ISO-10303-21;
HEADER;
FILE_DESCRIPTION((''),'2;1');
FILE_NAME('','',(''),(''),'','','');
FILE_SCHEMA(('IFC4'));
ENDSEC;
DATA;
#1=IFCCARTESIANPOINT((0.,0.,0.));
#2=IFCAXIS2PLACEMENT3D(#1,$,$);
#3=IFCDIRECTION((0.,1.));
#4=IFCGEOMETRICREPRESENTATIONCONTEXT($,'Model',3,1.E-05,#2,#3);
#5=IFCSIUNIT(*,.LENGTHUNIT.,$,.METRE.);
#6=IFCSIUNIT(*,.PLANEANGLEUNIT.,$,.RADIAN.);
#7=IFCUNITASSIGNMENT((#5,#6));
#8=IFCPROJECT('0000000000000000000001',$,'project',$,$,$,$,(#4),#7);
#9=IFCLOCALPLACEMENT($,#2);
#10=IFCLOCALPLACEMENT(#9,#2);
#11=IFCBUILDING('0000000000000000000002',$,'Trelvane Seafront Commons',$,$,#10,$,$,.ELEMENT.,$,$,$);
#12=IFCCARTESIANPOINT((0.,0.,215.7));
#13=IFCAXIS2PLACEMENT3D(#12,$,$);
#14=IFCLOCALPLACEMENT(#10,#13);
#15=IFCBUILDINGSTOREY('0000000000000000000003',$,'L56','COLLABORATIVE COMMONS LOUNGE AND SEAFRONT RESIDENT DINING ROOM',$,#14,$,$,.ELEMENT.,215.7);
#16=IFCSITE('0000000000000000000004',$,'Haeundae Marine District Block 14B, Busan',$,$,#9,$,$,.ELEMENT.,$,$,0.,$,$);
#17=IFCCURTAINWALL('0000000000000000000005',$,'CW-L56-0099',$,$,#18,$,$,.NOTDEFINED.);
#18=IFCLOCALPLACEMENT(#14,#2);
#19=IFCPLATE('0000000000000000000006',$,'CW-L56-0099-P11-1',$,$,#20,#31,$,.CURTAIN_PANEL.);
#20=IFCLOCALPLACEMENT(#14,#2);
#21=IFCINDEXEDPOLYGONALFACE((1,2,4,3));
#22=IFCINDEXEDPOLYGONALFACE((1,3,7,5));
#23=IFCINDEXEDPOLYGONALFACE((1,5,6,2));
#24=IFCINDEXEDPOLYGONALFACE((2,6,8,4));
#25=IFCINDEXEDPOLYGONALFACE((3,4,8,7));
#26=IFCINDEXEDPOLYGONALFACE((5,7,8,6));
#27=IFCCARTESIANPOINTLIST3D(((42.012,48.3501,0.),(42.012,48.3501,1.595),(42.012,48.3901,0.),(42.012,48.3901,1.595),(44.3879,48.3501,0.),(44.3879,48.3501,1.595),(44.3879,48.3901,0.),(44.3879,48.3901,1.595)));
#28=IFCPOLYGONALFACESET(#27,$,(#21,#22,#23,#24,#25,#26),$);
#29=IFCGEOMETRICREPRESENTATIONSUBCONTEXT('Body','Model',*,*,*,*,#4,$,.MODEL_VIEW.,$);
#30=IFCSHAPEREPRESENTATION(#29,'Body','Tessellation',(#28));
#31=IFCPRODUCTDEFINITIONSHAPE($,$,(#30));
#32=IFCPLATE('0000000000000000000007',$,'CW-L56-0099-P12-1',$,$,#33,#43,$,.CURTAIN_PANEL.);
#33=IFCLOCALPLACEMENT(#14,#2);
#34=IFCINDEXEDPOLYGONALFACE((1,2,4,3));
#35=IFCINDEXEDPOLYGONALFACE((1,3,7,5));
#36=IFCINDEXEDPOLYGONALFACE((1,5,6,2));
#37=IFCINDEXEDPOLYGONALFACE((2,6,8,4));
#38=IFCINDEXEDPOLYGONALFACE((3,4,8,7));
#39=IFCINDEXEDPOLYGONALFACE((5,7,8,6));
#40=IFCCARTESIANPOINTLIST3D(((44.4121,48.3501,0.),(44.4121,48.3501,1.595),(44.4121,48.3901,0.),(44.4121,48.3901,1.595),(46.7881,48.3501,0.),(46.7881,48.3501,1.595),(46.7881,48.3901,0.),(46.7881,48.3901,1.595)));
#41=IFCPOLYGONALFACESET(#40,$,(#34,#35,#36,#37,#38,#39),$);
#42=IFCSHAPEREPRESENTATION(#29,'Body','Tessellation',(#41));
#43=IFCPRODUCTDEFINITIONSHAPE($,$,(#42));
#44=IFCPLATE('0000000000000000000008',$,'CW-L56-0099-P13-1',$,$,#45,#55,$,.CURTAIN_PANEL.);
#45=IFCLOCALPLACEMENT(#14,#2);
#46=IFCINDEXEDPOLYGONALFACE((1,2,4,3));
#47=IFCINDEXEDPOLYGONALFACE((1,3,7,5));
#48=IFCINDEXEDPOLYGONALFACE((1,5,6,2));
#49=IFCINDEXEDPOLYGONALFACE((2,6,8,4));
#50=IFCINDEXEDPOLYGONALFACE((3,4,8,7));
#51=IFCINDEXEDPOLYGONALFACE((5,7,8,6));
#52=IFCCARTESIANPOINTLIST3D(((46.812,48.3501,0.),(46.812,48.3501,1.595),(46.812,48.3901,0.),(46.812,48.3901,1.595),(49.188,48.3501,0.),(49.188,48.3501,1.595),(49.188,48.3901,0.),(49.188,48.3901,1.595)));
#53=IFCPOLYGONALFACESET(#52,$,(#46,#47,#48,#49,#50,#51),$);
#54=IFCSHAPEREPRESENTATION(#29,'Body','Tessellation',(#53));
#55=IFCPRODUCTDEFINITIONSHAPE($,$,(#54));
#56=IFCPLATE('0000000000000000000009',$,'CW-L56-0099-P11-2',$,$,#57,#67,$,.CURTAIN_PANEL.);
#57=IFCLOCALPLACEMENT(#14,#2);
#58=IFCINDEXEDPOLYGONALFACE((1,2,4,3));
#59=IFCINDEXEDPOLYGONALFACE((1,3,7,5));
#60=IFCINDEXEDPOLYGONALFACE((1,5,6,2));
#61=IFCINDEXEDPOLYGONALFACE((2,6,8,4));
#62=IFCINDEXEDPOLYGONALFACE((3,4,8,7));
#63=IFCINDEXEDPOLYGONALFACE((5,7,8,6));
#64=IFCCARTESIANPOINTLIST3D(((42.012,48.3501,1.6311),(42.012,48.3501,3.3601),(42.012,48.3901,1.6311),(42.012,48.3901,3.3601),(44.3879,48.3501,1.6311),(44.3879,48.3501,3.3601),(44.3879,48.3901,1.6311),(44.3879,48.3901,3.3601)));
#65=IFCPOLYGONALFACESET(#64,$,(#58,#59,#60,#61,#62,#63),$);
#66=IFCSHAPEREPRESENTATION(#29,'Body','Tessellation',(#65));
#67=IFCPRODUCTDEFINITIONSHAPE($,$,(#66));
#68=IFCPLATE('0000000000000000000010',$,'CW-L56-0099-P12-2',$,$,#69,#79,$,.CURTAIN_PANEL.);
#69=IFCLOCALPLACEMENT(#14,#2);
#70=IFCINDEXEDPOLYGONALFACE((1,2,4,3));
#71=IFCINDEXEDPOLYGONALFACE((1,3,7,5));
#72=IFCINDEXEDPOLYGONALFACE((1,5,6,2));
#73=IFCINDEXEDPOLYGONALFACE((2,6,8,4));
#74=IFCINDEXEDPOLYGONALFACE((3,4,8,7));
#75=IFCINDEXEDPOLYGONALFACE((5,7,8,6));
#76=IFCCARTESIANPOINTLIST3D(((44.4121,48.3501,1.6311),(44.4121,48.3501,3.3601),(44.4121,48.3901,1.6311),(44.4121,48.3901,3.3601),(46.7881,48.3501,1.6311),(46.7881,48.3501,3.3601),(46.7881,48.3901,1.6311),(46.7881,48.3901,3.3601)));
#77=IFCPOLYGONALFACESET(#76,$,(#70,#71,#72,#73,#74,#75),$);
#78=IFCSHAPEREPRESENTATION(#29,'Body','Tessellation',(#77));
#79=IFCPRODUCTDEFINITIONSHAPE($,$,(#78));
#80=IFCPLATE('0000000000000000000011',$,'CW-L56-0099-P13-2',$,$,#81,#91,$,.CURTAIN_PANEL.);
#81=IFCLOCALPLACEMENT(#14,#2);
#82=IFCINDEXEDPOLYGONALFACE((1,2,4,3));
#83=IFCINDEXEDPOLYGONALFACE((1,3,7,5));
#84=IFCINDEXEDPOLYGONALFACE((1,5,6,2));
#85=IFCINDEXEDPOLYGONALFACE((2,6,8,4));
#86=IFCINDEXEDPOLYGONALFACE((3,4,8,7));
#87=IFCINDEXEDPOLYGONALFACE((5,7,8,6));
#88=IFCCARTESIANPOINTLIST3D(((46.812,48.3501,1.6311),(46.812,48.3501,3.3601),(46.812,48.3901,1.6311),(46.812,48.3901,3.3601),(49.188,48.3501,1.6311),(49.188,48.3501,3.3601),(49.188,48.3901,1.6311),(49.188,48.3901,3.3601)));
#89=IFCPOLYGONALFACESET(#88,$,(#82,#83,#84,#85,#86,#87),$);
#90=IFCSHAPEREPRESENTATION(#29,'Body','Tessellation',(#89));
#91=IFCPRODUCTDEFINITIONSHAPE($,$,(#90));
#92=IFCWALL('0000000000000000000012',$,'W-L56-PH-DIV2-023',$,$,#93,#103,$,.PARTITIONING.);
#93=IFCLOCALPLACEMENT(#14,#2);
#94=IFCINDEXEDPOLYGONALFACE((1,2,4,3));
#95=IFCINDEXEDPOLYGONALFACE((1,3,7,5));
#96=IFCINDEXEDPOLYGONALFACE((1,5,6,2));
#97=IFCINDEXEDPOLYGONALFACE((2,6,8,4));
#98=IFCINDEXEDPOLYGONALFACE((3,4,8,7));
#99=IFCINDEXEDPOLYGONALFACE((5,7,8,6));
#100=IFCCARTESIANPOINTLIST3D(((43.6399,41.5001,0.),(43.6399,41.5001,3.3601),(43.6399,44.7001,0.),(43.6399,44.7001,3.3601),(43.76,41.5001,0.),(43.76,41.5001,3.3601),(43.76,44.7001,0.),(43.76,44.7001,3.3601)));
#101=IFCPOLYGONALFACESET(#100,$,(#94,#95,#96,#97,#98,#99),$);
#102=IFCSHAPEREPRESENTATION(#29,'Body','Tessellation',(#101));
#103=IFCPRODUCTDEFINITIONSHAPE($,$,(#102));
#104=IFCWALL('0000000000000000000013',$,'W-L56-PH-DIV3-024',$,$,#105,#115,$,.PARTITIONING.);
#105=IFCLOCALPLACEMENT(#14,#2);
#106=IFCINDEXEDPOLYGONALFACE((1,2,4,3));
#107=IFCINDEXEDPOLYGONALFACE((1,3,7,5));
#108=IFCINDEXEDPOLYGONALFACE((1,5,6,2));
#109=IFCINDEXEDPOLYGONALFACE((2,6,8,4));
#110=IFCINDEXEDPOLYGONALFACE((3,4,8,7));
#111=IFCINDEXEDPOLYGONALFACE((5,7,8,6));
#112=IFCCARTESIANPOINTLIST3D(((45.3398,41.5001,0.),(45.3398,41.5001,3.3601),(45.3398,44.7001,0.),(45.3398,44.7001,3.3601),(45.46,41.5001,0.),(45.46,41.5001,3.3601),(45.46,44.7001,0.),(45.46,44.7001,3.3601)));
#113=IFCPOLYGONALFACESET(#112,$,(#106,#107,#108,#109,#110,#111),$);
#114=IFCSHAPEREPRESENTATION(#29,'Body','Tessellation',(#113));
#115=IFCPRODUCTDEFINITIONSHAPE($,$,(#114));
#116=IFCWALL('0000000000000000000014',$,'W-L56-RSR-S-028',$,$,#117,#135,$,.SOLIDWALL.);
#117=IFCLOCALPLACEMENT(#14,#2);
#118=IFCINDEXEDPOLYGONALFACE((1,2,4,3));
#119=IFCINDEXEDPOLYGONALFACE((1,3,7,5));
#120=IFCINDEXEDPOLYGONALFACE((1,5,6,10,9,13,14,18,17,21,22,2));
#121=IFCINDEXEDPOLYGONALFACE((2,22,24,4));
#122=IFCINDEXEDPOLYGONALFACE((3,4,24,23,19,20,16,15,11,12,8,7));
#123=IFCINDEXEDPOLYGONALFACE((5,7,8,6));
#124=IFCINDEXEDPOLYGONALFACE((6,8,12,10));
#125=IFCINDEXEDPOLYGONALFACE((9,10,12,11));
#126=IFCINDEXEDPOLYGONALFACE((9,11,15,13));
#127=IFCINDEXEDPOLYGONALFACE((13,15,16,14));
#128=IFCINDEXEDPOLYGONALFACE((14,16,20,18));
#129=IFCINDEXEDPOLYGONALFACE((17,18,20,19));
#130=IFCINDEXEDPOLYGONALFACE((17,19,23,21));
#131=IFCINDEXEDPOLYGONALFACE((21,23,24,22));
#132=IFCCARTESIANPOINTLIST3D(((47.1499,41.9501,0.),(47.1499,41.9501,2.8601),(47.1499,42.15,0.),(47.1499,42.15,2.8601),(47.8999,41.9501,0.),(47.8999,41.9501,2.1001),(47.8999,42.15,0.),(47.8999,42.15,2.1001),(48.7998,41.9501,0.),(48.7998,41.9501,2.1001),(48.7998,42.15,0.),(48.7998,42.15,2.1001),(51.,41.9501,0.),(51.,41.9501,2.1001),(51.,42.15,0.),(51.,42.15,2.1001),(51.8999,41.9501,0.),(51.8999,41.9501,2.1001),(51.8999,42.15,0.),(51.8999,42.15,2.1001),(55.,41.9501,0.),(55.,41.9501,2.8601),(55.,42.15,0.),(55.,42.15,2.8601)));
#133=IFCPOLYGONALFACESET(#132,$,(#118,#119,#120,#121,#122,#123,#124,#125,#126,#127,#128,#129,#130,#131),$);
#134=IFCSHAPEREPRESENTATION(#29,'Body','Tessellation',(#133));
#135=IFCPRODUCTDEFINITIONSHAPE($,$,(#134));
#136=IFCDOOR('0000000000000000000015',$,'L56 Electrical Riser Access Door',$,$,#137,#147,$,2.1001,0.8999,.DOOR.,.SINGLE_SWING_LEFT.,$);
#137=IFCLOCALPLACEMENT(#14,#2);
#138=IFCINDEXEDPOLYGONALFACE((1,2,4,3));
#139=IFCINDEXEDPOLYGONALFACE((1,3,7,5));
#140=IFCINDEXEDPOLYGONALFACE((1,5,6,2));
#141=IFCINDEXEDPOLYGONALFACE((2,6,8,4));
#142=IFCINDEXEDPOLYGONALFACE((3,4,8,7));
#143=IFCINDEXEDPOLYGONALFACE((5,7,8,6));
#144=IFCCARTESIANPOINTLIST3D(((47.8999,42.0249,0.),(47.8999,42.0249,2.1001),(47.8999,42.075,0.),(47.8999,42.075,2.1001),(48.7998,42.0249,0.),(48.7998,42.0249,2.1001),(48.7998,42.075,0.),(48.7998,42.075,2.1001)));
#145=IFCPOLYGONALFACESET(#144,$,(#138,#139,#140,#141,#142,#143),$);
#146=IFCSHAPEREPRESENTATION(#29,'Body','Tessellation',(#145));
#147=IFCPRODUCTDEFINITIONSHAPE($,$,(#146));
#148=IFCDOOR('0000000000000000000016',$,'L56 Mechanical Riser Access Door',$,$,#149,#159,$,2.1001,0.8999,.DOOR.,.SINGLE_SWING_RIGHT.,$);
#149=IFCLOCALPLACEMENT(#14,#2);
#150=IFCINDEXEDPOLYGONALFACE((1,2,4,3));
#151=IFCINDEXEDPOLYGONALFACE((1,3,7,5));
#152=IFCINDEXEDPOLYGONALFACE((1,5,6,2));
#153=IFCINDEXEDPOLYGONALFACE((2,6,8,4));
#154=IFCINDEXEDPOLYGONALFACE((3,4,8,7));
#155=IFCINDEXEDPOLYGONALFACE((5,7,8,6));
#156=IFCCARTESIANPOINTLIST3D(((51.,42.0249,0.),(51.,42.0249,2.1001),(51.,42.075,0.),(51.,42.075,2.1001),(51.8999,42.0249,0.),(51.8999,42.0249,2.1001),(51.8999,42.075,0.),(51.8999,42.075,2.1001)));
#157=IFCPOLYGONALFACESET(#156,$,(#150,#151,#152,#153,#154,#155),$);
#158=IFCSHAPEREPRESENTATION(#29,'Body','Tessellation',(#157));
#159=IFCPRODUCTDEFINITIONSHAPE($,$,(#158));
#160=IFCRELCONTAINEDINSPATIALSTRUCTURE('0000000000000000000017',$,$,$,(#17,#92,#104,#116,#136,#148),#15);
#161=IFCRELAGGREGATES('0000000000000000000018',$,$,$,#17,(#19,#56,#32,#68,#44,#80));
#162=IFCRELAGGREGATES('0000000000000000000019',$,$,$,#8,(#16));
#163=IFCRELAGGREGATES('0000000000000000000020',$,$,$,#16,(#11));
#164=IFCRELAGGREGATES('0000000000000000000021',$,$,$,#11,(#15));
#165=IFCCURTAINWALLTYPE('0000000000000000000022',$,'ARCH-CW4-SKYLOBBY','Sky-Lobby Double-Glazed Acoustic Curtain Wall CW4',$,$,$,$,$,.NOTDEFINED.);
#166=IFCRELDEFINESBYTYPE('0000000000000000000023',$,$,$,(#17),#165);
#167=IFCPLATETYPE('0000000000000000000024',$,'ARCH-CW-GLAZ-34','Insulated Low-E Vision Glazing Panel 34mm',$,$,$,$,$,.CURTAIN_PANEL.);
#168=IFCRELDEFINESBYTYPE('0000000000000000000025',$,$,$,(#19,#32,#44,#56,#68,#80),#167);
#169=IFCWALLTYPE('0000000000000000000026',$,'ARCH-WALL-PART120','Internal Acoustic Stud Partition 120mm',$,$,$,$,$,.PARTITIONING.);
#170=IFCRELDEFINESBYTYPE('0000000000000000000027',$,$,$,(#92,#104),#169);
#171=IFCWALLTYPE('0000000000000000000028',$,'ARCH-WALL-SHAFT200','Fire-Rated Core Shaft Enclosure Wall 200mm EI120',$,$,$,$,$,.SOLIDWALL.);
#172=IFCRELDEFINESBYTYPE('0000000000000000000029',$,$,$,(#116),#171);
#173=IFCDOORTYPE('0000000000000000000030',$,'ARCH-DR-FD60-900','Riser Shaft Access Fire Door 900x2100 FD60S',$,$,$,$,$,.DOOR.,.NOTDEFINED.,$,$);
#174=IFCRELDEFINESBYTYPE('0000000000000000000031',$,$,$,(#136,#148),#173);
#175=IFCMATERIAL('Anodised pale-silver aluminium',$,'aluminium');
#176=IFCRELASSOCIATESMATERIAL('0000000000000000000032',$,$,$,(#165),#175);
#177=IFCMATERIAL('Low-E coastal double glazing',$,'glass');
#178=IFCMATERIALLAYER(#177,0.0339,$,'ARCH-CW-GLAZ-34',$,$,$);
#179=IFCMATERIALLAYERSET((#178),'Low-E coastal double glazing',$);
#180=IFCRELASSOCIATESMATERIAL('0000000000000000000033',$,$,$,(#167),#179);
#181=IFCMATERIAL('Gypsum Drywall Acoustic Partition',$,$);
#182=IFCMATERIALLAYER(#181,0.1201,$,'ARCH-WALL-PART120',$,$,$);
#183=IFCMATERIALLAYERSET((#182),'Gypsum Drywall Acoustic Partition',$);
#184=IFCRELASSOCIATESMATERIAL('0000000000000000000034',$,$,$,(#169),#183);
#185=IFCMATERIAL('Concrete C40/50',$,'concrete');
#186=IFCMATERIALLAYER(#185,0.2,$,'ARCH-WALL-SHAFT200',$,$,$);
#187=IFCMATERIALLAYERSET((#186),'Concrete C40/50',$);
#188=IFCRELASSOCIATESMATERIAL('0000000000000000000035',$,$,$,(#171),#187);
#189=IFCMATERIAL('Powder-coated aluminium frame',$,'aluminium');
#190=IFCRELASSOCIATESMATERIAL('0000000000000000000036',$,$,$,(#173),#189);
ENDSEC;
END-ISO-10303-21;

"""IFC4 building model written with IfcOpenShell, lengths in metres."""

from ifc_helpers import new_model, si_unit, direction, frame, frame_2d, origin, origin_2d, place, context, subcontext, project, spatial, rectangle, extrude, source, transform, mapped, material, layer, layer_set, type_object, element, fill, aggregate, save


model = new_model("IFC4")

# Units and contexts
model_context = context("Model", 3, precision=1e-05, world=origin(), true_north=direction((0.0, 1.0)))
body_context = subcontext(model_context, "Body", "Model", "MODEL_VIEW")
ifc_project = project(units=[si_unit("LENGTHUNIT", "METRE"), si_unit("PLANEANGLEUNIT", "RADIAN")], contexts=[model_context])

# Site, building, storey
site_placement = place(None, origin())
site = spatial("IfcSite", under=ifc_project, at=site_placement, Name="Haeundae Marine District Block 14B, Busan", CompositionType="ELEMENT", RefElevation=0.0)
building_placement = place(site_placement, origin())
building = spatial("IfcBuilding", under=site, at=building_placement, Name="Trelvane Seafront Commons", CompositionType="ELEMENT")
storey_placement = place(building_placement, frame((0.0, 0.0, 215.7)))
storey = spatial("IfcBuildingStorey", under=building, at=storey_placement, Name="L56", Description="COLLABORATIVE COMMONS LOUNGE AND SEAFRONT RESIDENT DINING ROOM", CompositionType="ELEMENT", Elevation=215.7)

# Curtain wall
ifc_material_1 = material(Name="Anodised pale-silver aluminium", Category="aluminium")
curtain_wall_type = type_object("IfcCurtainWallType", Name="ARCH-CW4-SKYLOBBY", Description="Sky-Lobby Double-Glazed Acoustic Curtain Wall CW4", PredefinedType="NOTDEFINED", material=ifc_material_1)
curtain_wall_placement = place(storey_placement, origin())
curtain_wall = element("IfcCurtainWall", 1, at=curtain_wall_placement, inside=storey, type_object=curtain_wall_type, Name="CW-L56-0099", PredefinedType="NOTDEFINED")

# Plates
ifc_material_2 = material(Name="Low-E coastal double glazing", Category="glass")
ifc_layer_1 = layer(ifc_material_2, 0.0339, Name="ARCH-CW-GLAZ-34")
ifc_layer_set_1 = layer_set([ifc_layer_1], Name="Low-E coastal double glazing")
plate_type_1 = type_object("IfcPlateType", Name="ARCH-CW-GLAZ-34", Description="Insulated Low-E Vision Glazing Panel 34mm", PredefinedType="CURTAIN_PANEL", material=ifc_layer_set_1)
shared_shape_1 = source(origin(), body_context, "Body", "SweptSolid", [
    extrude(rectangle(XDim=2.376, YDim=0.04, at=origin_2d()), origin(), (0.0, 0.0, 1.0), 1.595),
])
plate_1_placement = place(storey_placement, frame((43.2, 48.3701, 0.0), z_axis=(0.0, 0.0, 1.0), x_axis=(1.0, 0.0, 0.0)))
plate_1 = element("IfcPlate", 2, at=plate_1_placement, type_object=plate_type_1, Name="CW-L56-0099-P11-1", PredefinedType="CURTAIN_PANEL", context=body_context, shape_type="MappedRepresentation", body=[
    mapped(shared_shape_1, transform((0.0, 0.0, 0.0), x_axis=(1.0, 0.0, 0.0), y_axis=(0.0, 1.0, 0.0), z_axis=(0.0, 0.0, 1.0), scale=1.0)),
])
plate_2_placement = place(storey_placement, frame((45.6001, 48.3701, 0.0), z_axis=(0.0, 0.0, 1.0), x_axis=(1.0, 0.0, 0.0)))
plate_2 = element("IfcPlate", 3, at=plate_2_placement, type_object=plate_type_1, Name="CW-L56-0099-P12-1", PredefinedType="CURTAIN_PANEL", context=body_context, shape_type="MappedRepresentation", body=[
    mapped(shared_shape_1, transform((0.0, 0.0, 0.0), x_axis=(1.0, 0.0, 0.0), y_axis=(0.0, 1.0, 0.0), z_axis=(0.0, 0.0, 1.0), scale=1.0)),
])
plate_3_placement = place(storey_placement, frame((48.0, 48.3701, 0.0), z_axis=(0.0, 0.0, 1.0), x_axis=(1.0, 0.0, 0.0)))
plate_3 = element("IfcPlate", 4, at=plate_3_placement, type_object=plate_type_1, Name="CW-L56-0099-P13-1", PredefinedType="CURTAIN_PANEL", context=body_context, shape_type="MappedRepresentation", body=[
    mapped(shared_shape_1, transform((0.0, 0.0, 0.0), x_axis=(1.0, 0.0, 0.0), y_axis=(0.0, 1.0, 0.0), z_axis=(0.0, 0.0, 1.0), scale=1.0)),
])
shared_shape_2 = source(origin(), body_context, "Body", "SweptSolid", [
    extrude(rectangle(XDim=2.376, YDim=0.04, at=origin_2d()), origin(), (0.0, 0.0, 1.0), 1.729),
])
plate_4_placement = place(storey_placement, frame((43.2, 48.3701, 1.6311), z_axis=(0.0, 0.0, 1.0), x_axis=(1.0, 0.0, 0.0)))
plate_4 = element("IfcPlate", 5, at=plate_4_placement, type_object=plate_type_1, Name="CW-L56-0099-P11-2", PredefinedType="CURTAIN_PANEL", context=body_context, shape_type="MappedRepresentation", body=[
    mapped(shared_shape_2, transform((0.0, 0.0, 0.0), x_axis=(1.0, 0.0, 0.0), y_axis=(0.0, 1.0, 0.0), z_axis=(0.0, 0.0, 1.0), scale=1.0)),
])
plate_5_placement = place(storey_placement, frame((45.6001, 48.3701, 1.6311), z_axis=(0.0, 0.0, 1.0), x_axis=(1.0, 0.0, 0.0)))
plate_5 = element("IfcPlate", 6, at=plate_5_placement, type_object=plate_type_1, Name="CW-L56-0099-P12-2", PredefinedType="CURTAIN_PANEL", context=body_context, shape_type="MappedRepresentation", body=[
    mapped(shared_shape_2, transform((0.0, 0.0, 0.0), x_axis=(1.0, 0.0, 0.0), y_axis=(0.0, 1.0, 0.0), z_axis=(0.0, 0.0, 1.0), scale=1.0)),
])
plate_6_placement = place(storey_placement, frame((48.0, 48.3701, 1.6311), z_axis=(0.0, 0.0, 1.0), x_axis=(1.0, 0.0, 0.0)))
plate_6 = element("IfcPlate", 7, at=plate_6_placement, type_object=plate_type_1, Name="CW-L56-0099-P13-2", PredefinedType="CURTAIN_PANEL", context=body_context, shape_type="MappedRepresentation", body=[
    mapped(shared_shape_2, transform((0.0, 0.0, 0.0), x_axis=(1.0, 0.0, 0.0), y_axis=(0.0, 1.0, 0.0), z_axis=(0.0, 0.0, 1.0), scale=1.0)),
])
aggregate(curtain_wall, [plate_1, plate_4, plate_2, plate_5, plate_3, plate_6])

# Walls
ifc_material_3 = material(Name="Gypsum Drywall Acoustic Partition")
ifc_layer_2 = layer(ifc_material_3, 0.1201, Name="ARCH-WALL-PART120")
ifc_layer_set_2 = layer_set([ifc_layer_2], Name="Gypsum Drywall Acoustic Partition")
wall_type_1 = type_object("IfcWallType", Name="ARCH-WALL-PART120", Description="Internal Acoustic Stud Partition 120mm", PredefinedType="PARTITIONING", material=ifc_layer_set_2)
for number, where, z_axis, x_axis, name in (
    (8, (43.7, 41.5, 0.0), (0.0, 0.0, 1.0), (0.0, 1.0, 0.0), "W-L56-PH-DIV2-023"),
    (9, (45.3999, 41.5, 0.0), (0.0, 0.0, 1.0), (0.0, 1.0, 0.0), "W-L56-PH-DIV3-024"),
):
    element("IfcWall", number, at=place(storey_placement, frame(where, z_axis=z_axis, x_axis=x_axis)), inside=storey, type_object=wall_type_1, Name=name, PredefinedType="PARTITIONING", context=body_context, shape_type="SweptSolid", body=[
        extrude(rectangle(XDim=3.2, YDim=0.1201, at=frame_2d((1.6001, 0.0))), origin(), (0.0, 0.0, 1.0), 3.3601),
    ])

# Wall, openings, doors
ifc_material_4 = material(Name="Concrete C40/50", Category="concrete")
ifc_layer_3 = layer(ifc_material_4, 0.2, Name="ARCH-WALL-SHAFT200")
ifc_layer_set_3 = layer_set([ifc_layer_3], Name="Concrete C40/50")
wall_type_2 = type_object("IfcWallType", Name="ARCH-WALL-SHAFT200", Description="Fire-Rated Core Shaft Enclosure Wall 200mm EI120", PredefinedType="SOLIDWALL", material=ifc_layer_set_3)
wall_placement = place(storey_placement, frame((47.1499, 42.05, 0.0), z_axis=(0.0, 0.0, 1.0), x_axis=(1.0, 0.0, 0.0)))
wall = element("IfcWall", 10, at=wall_placement, inside=storey, type_object=wall_type_2, Name="W-L56-RSR-S-028", PredefinedType="SOLIDWALL", context=body_context, shape_type="SweptSolid", body=[
    extrude(rectangle(XDim=7.8501, YDim=0.2, at=frame_2d((3.925, 0.0))), origin(), (0.0, 0.0, 1.0), 2.8601),
])
opening_1_placement = place(wall_placement, frame((0.75, 0.0, 0.0)))
opening_1 = element("IfcOpeningElement", 11, at=opening_1_placement, cuts=wall, PredefinedType="OPENING", context=body_context, shape_type="SweptSolid", body=[
    extrude(rectangle(XDim=0.8999, YDim=2.1001, at=frame_2d((0.45, 1.05))), frame((0.0, 0.1099, 0.0), z_axis=(0.0, -1.0, 0.0), x_axis=(1.0, 0.0, 0.0)), (0.0, 0.0, 1.0), 0.22),
])
opening_2_placement = place(wall_placement, frame((3.8501, 0.0, 0.0)))
opening_2 = element("IfcOpeningElement", 12, at=opening_2_placement, cuts=wall, PredefinedType="OPENING", context=body_context, shape_type="SweptSolid", body=[
    extrude(rectangle(XDim=0.8999, YDim=2.1001, at=frame_2d((0.45, 1.05))), frame((0.0, 0.1099, 0.0), z_axis=(0.0, -1.0, 0.0), x_axis=(1.0, 0.0, 0.0)), (0.0, 0.0, 1.0), 0.22),
])
ifc_material_5 = material(Name="Powder-coated aluminium frame", Category="aluminium")
door_type = type_object("IfcDoorType", Name="ARCH-DR-FD60-900", Description="Riser Shaft Access Fire Door 900x2100 FD60S", OperationType="NOTDEFINED", PredefinedType="DOOR", material=ifc_material_5)
shared_shape_3 = source(origin(), body_context, "Body", "SweptSolid", [
    extrude(rectangle(XDim=0.8999, YDim=2.1001, at=frame_2d((0.45, 1.05))), frame((0.0, 0.0249, 0.0), z_axis=(0.0, -1.0, 0.0), x_axis=(1.0, 0.0, 0.0)), (0.0, 0.0, 1.0), 0.05),
])
door_1_placement = place(opening_1_placement, origin())
door_1 = element("IfcDoor", 13, at=door_1_placement, inside=storey, type_object=door_type, Name="L56 Electrical Riser Access Door", OperationType="SINGLE_SWING_LEFT", OverallHeight=2.1001, OverallWidth=0.8999, PredefinedType="DOOR", context=body_context, shape_type="MappedRepresentation", body=[
    mapped(shared_shape_3, transform((0.0, 0.0, 0.0), x_axis=(1.0, 0.0, 0.0), y_axis=(0.0, 1.0, 0.0), z_axis=(0.0, 0.0, 1.0), scale=1.0)),
])
fill(opening_1, door_1)
door_2_placement = place(opening_2_placement, origin())
door_2 = element("IfcDoor", 14, at=door_2_placement, inside=storey, type_object=door_type, Name="L56 Mechanical Riser Access Door", OperationType="SINGLE_SWING_RIGHT", OverallHeight=2.1001, OverallWidth=0.8999, PredefinedType="DOOR", context=body_context, shape_type="MappedRepresentation", body=[
    mapped(shared_shape_3, transform((0.0, 0.0, 0.0), x_axis=(1.0, 0.0, 0.0), y_axis=(0.0, 1.0, 0.0), z_axis=(0.0, 0.0, 1.0), scale=1.0)),
])
fill(opening_2, door_2)

save(model, "model.ifc")
